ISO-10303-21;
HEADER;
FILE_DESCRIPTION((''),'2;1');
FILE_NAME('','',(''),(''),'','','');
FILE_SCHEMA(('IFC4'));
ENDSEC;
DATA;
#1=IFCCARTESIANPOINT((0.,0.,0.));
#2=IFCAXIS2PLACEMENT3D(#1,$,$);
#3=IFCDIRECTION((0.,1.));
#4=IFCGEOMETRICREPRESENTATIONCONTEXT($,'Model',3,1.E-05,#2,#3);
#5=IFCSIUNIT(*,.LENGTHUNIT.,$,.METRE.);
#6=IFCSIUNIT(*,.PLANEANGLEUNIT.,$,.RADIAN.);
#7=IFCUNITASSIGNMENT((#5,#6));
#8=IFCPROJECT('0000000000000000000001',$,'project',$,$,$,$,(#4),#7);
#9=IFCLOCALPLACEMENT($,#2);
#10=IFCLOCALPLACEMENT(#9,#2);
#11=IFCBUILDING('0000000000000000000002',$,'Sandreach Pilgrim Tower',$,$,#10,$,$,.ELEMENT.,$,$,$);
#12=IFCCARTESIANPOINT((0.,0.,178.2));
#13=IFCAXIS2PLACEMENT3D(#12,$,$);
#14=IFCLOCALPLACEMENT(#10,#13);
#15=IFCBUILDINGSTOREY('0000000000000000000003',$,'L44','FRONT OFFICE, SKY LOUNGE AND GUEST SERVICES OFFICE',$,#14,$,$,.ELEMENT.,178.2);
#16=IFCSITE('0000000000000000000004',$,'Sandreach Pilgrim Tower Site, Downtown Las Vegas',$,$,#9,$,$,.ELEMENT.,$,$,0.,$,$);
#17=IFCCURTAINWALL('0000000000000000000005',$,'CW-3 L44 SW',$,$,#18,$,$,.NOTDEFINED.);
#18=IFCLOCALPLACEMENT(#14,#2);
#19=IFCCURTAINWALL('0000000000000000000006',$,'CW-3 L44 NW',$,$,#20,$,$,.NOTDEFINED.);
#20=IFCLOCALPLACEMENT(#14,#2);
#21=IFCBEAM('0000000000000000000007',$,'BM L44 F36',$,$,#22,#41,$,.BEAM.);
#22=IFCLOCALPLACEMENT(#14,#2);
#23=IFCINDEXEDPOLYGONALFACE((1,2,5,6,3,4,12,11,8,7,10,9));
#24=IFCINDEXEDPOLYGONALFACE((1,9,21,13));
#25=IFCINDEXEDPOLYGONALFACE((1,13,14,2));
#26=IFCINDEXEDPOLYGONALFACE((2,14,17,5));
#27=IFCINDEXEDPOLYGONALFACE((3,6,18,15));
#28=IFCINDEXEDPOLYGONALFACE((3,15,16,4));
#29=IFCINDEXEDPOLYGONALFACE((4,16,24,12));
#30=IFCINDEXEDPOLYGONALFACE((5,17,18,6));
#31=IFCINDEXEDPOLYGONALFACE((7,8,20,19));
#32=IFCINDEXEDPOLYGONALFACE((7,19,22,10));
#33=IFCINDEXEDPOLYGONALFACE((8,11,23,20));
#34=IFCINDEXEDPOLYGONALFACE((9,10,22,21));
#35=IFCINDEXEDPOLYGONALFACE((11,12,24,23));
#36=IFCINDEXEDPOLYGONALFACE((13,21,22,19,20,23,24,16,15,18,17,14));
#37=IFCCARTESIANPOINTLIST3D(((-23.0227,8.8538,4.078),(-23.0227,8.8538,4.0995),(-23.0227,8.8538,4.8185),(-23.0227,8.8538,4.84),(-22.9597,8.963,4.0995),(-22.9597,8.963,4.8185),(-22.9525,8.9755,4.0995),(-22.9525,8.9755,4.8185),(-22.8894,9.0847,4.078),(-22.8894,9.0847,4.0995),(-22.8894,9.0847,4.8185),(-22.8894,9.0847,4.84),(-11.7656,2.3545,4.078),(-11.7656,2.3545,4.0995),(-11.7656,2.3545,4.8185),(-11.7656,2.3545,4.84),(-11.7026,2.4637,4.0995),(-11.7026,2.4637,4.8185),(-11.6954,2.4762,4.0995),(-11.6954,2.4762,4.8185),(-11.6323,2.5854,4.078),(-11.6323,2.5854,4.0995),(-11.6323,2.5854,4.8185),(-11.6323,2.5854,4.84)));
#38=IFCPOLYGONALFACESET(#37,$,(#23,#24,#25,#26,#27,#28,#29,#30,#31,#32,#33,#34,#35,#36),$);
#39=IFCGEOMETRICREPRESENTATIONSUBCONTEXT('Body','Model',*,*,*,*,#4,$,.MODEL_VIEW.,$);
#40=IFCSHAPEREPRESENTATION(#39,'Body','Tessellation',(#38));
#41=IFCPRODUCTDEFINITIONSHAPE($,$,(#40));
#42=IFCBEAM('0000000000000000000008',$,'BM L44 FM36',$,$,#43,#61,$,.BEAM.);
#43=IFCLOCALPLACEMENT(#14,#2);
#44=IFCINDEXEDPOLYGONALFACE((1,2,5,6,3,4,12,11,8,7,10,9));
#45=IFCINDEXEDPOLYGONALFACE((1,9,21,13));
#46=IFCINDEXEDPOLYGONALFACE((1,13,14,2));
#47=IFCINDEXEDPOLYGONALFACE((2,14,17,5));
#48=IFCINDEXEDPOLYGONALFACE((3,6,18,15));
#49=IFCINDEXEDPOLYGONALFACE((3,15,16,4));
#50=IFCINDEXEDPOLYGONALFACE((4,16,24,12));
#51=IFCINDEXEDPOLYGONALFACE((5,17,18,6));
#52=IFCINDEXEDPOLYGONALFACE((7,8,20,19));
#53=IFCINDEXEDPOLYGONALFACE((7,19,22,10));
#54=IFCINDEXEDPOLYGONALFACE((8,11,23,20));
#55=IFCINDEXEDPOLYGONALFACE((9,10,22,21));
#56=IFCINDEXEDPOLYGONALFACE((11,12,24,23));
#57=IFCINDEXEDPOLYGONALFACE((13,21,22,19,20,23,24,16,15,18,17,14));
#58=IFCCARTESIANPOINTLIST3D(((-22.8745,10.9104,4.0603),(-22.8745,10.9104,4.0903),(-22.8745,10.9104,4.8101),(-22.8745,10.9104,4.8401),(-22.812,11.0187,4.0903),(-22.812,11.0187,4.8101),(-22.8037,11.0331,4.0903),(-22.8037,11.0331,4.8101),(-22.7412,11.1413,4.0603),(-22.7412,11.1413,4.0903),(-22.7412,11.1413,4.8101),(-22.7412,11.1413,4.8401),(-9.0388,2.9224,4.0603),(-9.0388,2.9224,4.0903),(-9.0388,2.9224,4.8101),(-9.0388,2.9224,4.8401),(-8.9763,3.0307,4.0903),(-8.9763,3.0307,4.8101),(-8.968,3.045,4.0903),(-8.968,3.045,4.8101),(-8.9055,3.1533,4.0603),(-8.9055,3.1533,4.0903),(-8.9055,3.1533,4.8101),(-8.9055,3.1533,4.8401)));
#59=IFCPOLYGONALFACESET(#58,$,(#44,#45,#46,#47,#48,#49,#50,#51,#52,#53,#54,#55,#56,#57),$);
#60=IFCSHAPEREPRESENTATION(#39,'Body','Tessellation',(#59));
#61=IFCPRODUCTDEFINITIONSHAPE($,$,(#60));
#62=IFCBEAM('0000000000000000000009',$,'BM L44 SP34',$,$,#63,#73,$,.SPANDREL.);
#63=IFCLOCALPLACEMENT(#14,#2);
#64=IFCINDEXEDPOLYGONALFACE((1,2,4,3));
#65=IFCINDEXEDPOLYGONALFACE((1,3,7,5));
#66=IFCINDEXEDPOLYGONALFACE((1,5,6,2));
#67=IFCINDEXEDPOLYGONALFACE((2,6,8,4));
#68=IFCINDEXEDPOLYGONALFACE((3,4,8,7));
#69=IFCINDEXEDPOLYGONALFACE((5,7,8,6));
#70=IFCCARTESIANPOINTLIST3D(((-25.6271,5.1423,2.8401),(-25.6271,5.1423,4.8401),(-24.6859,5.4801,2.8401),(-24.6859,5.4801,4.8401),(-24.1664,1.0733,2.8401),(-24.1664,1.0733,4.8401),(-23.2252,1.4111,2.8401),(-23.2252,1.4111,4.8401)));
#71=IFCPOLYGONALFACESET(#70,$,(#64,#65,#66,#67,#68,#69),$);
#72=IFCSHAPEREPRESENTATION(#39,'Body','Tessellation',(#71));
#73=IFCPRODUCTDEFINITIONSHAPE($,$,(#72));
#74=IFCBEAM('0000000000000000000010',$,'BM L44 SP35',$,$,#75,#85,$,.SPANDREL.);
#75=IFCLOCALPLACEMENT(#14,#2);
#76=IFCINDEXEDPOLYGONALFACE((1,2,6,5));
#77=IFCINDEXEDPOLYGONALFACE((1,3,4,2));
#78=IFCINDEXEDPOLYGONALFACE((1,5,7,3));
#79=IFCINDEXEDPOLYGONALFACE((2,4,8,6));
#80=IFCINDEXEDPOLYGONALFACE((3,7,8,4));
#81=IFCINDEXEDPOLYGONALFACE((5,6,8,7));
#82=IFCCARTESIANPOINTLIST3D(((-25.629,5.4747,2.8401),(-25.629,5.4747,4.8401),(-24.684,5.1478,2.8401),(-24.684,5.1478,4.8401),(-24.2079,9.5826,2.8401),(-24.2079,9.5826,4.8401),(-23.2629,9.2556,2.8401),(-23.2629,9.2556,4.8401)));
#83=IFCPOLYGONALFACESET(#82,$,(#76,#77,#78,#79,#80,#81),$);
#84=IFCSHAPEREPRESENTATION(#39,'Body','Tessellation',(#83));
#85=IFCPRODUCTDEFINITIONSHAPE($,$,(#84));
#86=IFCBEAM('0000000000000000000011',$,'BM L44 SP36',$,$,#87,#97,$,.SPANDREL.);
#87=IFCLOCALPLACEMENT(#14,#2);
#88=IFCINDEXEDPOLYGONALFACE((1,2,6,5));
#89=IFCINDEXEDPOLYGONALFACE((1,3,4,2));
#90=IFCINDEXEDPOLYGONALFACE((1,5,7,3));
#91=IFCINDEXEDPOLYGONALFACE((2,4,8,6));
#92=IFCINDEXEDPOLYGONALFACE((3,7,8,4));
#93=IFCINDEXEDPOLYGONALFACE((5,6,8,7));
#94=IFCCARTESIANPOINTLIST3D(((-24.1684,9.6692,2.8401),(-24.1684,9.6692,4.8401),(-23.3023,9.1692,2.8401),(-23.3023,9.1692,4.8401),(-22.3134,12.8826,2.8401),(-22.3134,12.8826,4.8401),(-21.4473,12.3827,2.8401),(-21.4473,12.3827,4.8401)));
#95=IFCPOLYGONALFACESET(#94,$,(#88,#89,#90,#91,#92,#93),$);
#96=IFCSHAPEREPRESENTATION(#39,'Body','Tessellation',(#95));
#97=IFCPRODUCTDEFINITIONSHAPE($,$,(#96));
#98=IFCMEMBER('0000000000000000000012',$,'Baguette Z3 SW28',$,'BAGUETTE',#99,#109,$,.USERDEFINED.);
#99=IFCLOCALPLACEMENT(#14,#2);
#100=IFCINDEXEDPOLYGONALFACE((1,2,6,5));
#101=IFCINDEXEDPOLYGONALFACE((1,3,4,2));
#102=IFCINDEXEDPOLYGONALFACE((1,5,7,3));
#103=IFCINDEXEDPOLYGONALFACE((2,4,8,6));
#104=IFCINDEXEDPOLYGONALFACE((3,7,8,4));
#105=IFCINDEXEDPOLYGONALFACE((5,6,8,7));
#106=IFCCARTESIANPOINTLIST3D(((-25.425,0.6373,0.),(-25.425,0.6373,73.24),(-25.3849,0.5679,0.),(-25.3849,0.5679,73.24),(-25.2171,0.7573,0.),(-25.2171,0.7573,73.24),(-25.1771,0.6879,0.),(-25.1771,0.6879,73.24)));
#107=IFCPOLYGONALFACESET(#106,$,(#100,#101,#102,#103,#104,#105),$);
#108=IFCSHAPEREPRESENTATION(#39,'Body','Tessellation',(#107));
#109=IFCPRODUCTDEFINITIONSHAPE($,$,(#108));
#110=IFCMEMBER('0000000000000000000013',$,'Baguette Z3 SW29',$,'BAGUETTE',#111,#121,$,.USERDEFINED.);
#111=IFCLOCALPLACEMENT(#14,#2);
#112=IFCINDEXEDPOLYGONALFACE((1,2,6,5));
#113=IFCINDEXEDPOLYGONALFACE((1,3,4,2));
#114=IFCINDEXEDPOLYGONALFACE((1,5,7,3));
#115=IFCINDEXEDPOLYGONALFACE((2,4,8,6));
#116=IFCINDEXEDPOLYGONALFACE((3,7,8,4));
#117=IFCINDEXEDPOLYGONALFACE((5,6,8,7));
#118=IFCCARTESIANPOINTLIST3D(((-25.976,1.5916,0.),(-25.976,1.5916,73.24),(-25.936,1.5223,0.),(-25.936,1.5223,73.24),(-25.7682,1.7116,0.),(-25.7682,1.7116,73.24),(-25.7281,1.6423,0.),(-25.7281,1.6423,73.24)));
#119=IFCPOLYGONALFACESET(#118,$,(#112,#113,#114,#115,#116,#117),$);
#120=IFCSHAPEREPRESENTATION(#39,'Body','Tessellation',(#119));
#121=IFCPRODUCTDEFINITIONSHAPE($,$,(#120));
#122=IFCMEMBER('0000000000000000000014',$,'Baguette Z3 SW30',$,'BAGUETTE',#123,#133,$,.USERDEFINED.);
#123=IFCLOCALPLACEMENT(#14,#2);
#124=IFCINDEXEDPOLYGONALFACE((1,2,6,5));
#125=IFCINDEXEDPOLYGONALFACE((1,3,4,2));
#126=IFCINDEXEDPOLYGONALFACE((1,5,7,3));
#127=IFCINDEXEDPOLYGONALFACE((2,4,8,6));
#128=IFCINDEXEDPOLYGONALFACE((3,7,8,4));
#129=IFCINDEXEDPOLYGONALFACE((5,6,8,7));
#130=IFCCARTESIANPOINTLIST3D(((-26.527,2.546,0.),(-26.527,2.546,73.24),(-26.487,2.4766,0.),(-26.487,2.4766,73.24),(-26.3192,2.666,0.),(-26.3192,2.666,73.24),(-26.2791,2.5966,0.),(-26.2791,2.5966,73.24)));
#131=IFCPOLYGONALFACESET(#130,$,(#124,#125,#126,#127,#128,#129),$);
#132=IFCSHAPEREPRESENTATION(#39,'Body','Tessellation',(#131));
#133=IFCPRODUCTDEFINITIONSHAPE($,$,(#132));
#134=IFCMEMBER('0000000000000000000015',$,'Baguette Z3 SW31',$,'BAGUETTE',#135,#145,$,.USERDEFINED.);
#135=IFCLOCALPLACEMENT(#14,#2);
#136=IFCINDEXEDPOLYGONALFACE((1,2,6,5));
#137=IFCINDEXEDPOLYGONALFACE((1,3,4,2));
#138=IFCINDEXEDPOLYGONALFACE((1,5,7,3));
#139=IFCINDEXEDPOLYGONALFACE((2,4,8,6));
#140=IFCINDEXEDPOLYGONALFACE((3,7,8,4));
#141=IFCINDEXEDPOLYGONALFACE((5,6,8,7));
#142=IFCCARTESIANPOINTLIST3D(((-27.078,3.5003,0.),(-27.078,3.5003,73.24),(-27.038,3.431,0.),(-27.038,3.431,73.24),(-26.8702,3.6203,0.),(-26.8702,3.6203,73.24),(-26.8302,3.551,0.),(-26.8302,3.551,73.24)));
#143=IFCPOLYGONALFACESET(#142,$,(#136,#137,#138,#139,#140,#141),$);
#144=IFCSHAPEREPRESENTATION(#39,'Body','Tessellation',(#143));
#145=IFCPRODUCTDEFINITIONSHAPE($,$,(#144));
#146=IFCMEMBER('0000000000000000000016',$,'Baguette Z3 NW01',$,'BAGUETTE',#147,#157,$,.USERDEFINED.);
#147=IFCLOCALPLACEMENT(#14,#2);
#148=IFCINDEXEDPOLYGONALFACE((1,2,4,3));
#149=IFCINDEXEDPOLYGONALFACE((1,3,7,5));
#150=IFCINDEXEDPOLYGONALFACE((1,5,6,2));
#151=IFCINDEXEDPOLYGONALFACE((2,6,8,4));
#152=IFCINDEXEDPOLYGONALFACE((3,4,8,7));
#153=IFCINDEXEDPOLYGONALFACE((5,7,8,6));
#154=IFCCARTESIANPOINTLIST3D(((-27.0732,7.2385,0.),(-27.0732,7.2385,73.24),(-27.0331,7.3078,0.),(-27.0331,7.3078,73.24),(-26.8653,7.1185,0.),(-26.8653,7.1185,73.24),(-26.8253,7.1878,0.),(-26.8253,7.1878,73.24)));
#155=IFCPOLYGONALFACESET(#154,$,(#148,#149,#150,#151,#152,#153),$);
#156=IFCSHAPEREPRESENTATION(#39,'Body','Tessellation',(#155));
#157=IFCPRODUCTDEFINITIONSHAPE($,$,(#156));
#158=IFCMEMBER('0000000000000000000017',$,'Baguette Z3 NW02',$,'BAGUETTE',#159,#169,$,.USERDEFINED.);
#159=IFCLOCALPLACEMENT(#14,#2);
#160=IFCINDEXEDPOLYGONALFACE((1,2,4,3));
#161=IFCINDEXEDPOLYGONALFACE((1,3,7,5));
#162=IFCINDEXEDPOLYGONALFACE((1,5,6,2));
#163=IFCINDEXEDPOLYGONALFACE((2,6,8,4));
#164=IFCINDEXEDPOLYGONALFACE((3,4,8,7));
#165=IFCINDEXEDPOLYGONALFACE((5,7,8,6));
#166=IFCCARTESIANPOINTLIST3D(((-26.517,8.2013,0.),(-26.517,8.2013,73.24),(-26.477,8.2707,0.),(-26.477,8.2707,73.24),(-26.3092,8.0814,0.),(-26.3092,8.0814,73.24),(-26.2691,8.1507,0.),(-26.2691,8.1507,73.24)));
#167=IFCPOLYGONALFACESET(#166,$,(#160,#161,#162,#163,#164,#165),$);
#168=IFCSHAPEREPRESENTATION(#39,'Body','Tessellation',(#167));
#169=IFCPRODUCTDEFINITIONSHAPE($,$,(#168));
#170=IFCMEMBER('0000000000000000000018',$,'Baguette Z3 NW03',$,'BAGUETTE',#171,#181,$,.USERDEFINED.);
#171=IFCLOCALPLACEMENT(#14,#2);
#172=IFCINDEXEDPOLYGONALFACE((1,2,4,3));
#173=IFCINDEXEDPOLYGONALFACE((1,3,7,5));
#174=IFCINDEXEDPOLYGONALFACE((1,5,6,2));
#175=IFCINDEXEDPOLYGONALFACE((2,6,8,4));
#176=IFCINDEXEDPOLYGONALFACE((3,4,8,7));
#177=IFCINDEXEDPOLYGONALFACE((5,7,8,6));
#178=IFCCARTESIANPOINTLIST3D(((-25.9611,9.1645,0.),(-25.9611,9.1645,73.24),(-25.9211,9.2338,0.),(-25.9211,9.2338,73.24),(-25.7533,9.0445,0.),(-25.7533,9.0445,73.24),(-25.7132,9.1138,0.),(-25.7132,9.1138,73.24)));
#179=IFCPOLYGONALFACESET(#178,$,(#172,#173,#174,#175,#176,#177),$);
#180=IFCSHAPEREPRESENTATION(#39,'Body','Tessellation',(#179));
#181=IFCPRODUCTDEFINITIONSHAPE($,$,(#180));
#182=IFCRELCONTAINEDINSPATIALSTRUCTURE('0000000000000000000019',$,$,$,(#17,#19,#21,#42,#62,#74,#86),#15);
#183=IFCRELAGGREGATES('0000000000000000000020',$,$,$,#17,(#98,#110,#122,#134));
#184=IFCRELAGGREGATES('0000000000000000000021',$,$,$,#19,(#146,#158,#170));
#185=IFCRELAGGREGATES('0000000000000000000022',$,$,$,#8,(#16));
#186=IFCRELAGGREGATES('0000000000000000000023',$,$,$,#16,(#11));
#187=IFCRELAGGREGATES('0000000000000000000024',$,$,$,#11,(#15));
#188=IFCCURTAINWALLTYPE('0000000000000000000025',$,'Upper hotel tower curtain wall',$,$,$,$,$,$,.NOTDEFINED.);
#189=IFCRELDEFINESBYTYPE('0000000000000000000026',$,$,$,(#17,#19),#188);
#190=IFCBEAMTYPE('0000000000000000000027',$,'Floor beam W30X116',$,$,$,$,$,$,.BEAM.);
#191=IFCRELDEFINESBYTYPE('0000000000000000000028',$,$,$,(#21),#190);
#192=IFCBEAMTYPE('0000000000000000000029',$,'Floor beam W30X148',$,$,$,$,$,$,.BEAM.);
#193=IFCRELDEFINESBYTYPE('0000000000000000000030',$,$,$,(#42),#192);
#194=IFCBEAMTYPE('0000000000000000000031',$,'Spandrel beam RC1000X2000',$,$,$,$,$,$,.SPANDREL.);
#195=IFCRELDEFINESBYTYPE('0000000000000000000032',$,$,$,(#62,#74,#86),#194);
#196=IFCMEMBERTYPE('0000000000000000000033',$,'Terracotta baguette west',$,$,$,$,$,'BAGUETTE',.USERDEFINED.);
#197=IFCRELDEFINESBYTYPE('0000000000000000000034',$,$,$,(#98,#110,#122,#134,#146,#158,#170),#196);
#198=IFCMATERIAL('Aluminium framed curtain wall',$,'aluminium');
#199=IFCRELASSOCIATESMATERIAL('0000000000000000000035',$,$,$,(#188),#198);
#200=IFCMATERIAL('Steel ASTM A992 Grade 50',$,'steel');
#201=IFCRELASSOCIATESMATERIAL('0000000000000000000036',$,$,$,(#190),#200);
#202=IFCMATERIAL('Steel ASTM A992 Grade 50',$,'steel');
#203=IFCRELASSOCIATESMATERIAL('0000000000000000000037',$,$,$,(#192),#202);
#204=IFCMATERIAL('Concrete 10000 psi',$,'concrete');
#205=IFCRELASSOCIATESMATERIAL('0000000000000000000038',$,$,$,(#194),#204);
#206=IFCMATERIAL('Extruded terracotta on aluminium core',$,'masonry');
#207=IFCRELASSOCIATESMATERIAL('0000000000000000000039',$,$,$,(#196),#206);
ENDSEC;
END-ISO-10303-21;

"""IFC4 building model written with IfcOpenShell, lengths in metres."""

from ifc_helpers import new_model, si_unit, direction, frame, origin, origin_2d, place, context, subcontext, project, spatial, rectangle, i_section, extrude, material, material_profile, profile_set, type_object, element, aggregate, save


model = new_model("IFC4")

# Units and contexts
model_context = context("Model", 3, precision=1e-05, world=origin(), true_north=direction((0.0, 1.0)))
body_context = subcontext(model_context, "Body", "Model", "MODEL_VIEW")
ifc_project = project(units=[si_unit("LENGTHUNIT", "METRE"), si_unit("PLANEANGLEUNIT", "RADIAN")], contexts=[model_context])

# Site, building, storey
site_placement = place(None, origin())
site = spatial("IfcSite", under=ifc_project, at=site_placement, Name="Sandreach Pilgrim Tower Site, Downtown Las Vegas", CompositionType="ELEMENT", RefElevation=0.0)
building_placement = place(site_placement, origin())
building = spatial("IfcBuilding", under=site, at=building_placement, Name="Sandreach Pilgrim Tower", CompositionType="ELEMENT")
storey_placement = place(building_placement, frame((0.0, 0.0, 178.2)))
storey = spatial("IfcBuildingStorey", under=building, at=storey_placement, Name="L44", Description="FRONT OFFICE, SKY LOUNGE AND GUEST SERVICES OFFICE", CompositionType="ELEMENT", Elevation=178.2)

# Curtain walls
ifc_material_1 = material(Name="Aluminium framed curtain wall", Category="aluminium")
curtain_wall_type = type_object("IfcCurtainWallType", Name="Upper hotel tower curtain wall", PredefinedType="NOTDEFINED", material=ifc_material_1)
curtain_wall_1_placement = place(storey_placement, origin())
curtain_wall_1 = element("IfcCurtainWall", 1, at=curtain_wall_1_placement, inside=storey, type_object=curtain_wall_type, Name="CW-3 L44 SW", PredefinedType="NOTDEFINED")
curtain_wall_2_placement = place(storey_placement, origin())
curtain_wall_2 = element("IfcCurtainWall", 2, at=curtain_wall_2_placement, inside=storey, type_object=curtain_wall_type, Name="CW-3 L44 NW", PredefinedType="NOTDEFINED")

# Beams
ifc_material_2 = material(Name="Steel ASTM A992 Grade 50", Category="steel")
ifc_material_profile_1 = material_profile(ifc_material_2, i_section(OverallWidth=0.2666, OverallDepth=0.762, WebThickness=0.0144, FlangeThickness=0.0215, at=origin_2d()), Name="W30X116")
ifc_profile_set_1 = profile_set([ifc_material_profile_1], Name="Steel ASTM A992 Grade 50")
beam_type_1 = type_object("IfcBeamType", Name="Floor beam W30X116", PredefinedType="BEAM", material=ifc_profile_set_1)
beam_1_placement = place(storey_placement, frame((-22.9561, 8.9692, 4.459), z_axis=(0.866026, -0.499999, 0.0), x_axis=(0.499999, 0.866026, 0.0)))
element("IfcBeam", 3, at=beam_1_placement, inside=storey, type_object=beam_type_1, Name="BM L44 F36", PredefinedType="BEAM", context=body_context, shape_type="SweptSolid", body=[
    extrude(i_section(OverallWidth=0.2666, OverallDepth=0.762, WebThickness=0.0144, FlangeThickness=0.0215, at=origin_2d()), origin(), (0.0, 0.0, 1.0), 12.9985),
])
ifc_material_3 = material(Name="Steel ASTM A992 Grade 50", Category="steel")
ifc_material_profile_2 = material_profile(ifc_material_3, i_section(OverallWidth=0.2666, OverallDepth=0.7798, WebThickness=0.0166, FlangeThickness=0.03, at=origin_2d()), Name="W30X148")
ifc_profile_set_2 = profile_set([ifc_material_profile_2], Name="Steel ASTM A992 Grade 50")
beam_type_2 = type_object("IfcBeamType", Name="Floor beam W30X148", PredefinedType="BEAM", material=ifc_profile_set_2)
beam_2_placement = place(storey_placement, frame((-22.8079, 11.0259, 4.4502), z_axis=(0.866026, -0.5, 0.0), x_axis=(0.5, 0.866026, 0.0)))
element("IfcBeam", 4, at=beam_2_placement, inside=storey, type_object=beam_type_2, Name="BM L44 FM36", PredefinedType="BEAM", context=body_context, shape_type="SweptSolid", body=[
    extrude(i_section(OverallWidth=0.2666, OverallDepth=0.7798, WebThickness=0.0166, FlangeThickness=0.03, at=origin_2d()), origin(), (0.0, 0.0, 1.0), 15.9761),
])
ifc_material_4 = material(Name="Concrete 10000 psi", Category="concrete")
ifc_material_profile_3 = material_profile(ifc_material_4, rectangle(XDim=1.0, YDim=2.0, at=origin_2d()), Name="RC1000X2000")
ifc_profile_set_3 = profile_set([ifc_material_profile_3], Name="Concrete 10000 psi")
beam_type_3 = type_object("IfcBeamType", Name="Spandrel beam RC1000X2000", PredefinedType="SPANDREL", material=ifc_profile_set_3)
beam_3_placement = place(storey_placement, frame((-23.6958, 1.2422, 3.8401), z_axis=(-0.337863, 0.941195, 0.0), x_axis=(-0.941195, -0.337863, 0.0)))
element("IfcBeam", 5, at=beam_3_placement, inside=storey, type_object=beam_type_3, Name="BM L44 SP34", PredefinedType="SPANDREL", context=body_context, shape_type="SweptSolid", body=[
    extrude(rectangle(XDim=1.0, YDim=2.0, at=origin_2d()), origin(), (0.0, 0.0, 1.0), 4.3232),
])
beam_4_placement = place(storey_placement, frame((-25.1565, 5.3113, 3.8401), z_axis=(0.326941, 0.945045, 0.0), x_axis=(-0.945045, 0.326941, 0.0)))
element("IfcBeam", 6, at=beam_4_placement, inside=storey, type_object=beam_type_3, Name="BM L44 SP35", PredefinedType="SPANDREL", context=body_context, shape_type="SweptSolid", body=[
    extrude(rectangle(XDim=1.0, YDim=2.0, at=origin_2d()), origin(), (0.0, 0.0, 1.0), 4.3467),
])
beam_5_placement = place(storey_placement, frame((-23.7354, 9.4192, 3.8401), z_axis=(0.499946, 0.866056, 0.0), x_axis=(-0.866056, 0.499946, 0.0)))
element("IfcBeam", 7, at=beam_5_placement, inside=storey, type_object=beam_type_3, Name="BM L44 SP36", PredefinedType="SPANDREL", context=body_context, shape_type="SweptSolid", body=[
    extrude(rectangle(XDim=1.0, YDim=2.0, at=origin_2d()), origin(), (0.0, 0.0, 1.0), 3.7104),
])

# Members
ifc_material_5 = material(Name="Extruded terracotta on aluminium core", Category="masonry")
ifc_material_profile_4 = material_profile(ifc_material_5, rectangle(XDim=0.0801, YDim=0.24, at=origin_2d()), Name="TBW 80X240")
ifc_profile_set_4 = profile_set([ifc_material_profile_4], Name="Extruded terracotta on aluminium core")
member_type_1 = type_object("IfcMemberType", Name="Terracotta baguette west", ElementType="BAGUETTE", PredefinedType="USERDEFINED", material=ifc_profile_set_4)
member_1_placement = place(storey_placement, frame((-25.301, 0.6626, 0.0), z_axis=(0.0, 0.0, 1.0), x_axis=(-0.5, 0.866025, 0.0)))
member_1 = element("IfcMember", 8, at=member_1_placement, type_object=member_type_1, Name="Baguette Z3 SW28", ObjectType="BAGUETTE", PredefinedType="USERDEFINED", context=body_context, shape_type="SweptSolid", body=[
    extrude(rectangle(XDim=0.0801, YDim=0.24, at=origin_2d()), origin(), (0.0, 0.0, 1.0), 73.24),
])
member_2_placement = place(storey_placement, frame((-25.8521, 1.6169, 0.0), z_axis=(0.0, 0.0, 1.0), x_axis=(-0.5, 0.866025, 0.0)))
member_2 = element("IfcMember", 9, at=member_2_placement, type_object=member_type_1, Name="Baguette Z3 SW29", ObjectType="BAGUETTE", PredefinedType="USERDEFINED", context=body_context, shape_type="SweptSolid", body=[
    extrude(rectangle(XDim=0.0801, YDim=0.24, at=origin_2d()), origin(), (0.0, 0.0, 1.0), 73.24),
])
member_3_placement = place(storey_placement, frame((-26.4031, 2.5713, 0.0), z_axis=(0.0, 0.0, 1.0), x_axis=(-0.5, 0.866025, 0.0)))
member_3 = element("IfcMember", 10, at=member_3_placement, type_object=member_type_1, Name="Baguette Z3 SW30", ObjectType="BAGUETTE", PredefinedType="USERDEFINED", context=body_context, shape_type="SweptSolid", body=[
    extrude(rectangle(XDim=0.0801, YDim=0.24, at=origin_2d()), origin(), (0.0, 0.0, 1.0), 73.24),
])
member_4_placement = place(storey_placement, frame((-26.9541, 3.5256, 0.0), z_axis=(0.0, 0.0, 1.0), x_axis=(-0.5, 0.866025, 0.0)))
member_4 = element("IfcMember", 11, at=member_4_placement, type_object=member_type_1, Name="Baguette Z3 SW31", ObjectType="BAGUETTE", PredefinedType="USERDEFINED", context=body_context, shape_type="SweptSolid", body=[
    extrude(rectangle(XDim=0.0801, YDim=0.24, at=origin_2d()), origin(), (0.0, 0.0, 1.0), 73.24),
])
member_5_placement = place(storey_placement, frame((-26.9492, 7.2131, 0.0), z_axis=(0.0, 0.0, 1.0), x_axis=(0.5, 0.866025, 0.0)))
member_5 = element("IfcMember", 12, at=member_5_placement, type_object=member_type_1, Name="Baguette Z3 NW01", ObjectType="BAGUETTE", PredefinedType="USERDEFINED", context=body_context, shape_type="SweptSolid", body=[
    extrude(rectangle(XDim=0.0801, YDim=0.24, at=origin_2d()), origin(), (0.0, 0.0, 1.0), 73.24),
])
member_6_placement = place(storey_placement, frame((-26.3931, 8.176, 0.0), z_axis=(0.0, 0.0, 1.0), x_axis=(0.5, 0.866025, 0.0)))
member_6 = element("IfcMember", 13, at=member_6_placement, type_object=member_type_1, Name="Baguette Z3 NW02", ObjectType="BAGUETTE", PredefinedType="USERDEFINED", context=body_context, shape_type="SweptSolid", body=[
    extrude(rectangle(XDim=0.0801, YDim=0.24, at=origin_2d()), origin(), (0.0, 0.0, 1.0), 73.24),
])
member_7_placement = place(storey_placement, frame((-25.8372, 9.1392, 0.0), z_axis=(0.0, 0.0, 1.0), x_axis=(0.5, 0.866025, 0.0)))
member_7 = element("IfcMember", 14, at=member_7_placement, type_object=member_type_1, Name="Baguette Z3 NW03", ObjectType="BAGUETTE", PredefinedType="USERDEFINED", context=body_context, shape_type="SweptSolid", body=[
    extrude(rectangle(XDim=0.0801, YDim=0.24, at=origin_2d()), origin(), (0.0, 0.0, 1.0), 73.24),
])

aggregate(curtain_wall_1, [member_1, member_2, member_3, member_4])
aggregate(curtain_wall_2, [member_5, member_6, member_7])

save(model, "model.ifc")
